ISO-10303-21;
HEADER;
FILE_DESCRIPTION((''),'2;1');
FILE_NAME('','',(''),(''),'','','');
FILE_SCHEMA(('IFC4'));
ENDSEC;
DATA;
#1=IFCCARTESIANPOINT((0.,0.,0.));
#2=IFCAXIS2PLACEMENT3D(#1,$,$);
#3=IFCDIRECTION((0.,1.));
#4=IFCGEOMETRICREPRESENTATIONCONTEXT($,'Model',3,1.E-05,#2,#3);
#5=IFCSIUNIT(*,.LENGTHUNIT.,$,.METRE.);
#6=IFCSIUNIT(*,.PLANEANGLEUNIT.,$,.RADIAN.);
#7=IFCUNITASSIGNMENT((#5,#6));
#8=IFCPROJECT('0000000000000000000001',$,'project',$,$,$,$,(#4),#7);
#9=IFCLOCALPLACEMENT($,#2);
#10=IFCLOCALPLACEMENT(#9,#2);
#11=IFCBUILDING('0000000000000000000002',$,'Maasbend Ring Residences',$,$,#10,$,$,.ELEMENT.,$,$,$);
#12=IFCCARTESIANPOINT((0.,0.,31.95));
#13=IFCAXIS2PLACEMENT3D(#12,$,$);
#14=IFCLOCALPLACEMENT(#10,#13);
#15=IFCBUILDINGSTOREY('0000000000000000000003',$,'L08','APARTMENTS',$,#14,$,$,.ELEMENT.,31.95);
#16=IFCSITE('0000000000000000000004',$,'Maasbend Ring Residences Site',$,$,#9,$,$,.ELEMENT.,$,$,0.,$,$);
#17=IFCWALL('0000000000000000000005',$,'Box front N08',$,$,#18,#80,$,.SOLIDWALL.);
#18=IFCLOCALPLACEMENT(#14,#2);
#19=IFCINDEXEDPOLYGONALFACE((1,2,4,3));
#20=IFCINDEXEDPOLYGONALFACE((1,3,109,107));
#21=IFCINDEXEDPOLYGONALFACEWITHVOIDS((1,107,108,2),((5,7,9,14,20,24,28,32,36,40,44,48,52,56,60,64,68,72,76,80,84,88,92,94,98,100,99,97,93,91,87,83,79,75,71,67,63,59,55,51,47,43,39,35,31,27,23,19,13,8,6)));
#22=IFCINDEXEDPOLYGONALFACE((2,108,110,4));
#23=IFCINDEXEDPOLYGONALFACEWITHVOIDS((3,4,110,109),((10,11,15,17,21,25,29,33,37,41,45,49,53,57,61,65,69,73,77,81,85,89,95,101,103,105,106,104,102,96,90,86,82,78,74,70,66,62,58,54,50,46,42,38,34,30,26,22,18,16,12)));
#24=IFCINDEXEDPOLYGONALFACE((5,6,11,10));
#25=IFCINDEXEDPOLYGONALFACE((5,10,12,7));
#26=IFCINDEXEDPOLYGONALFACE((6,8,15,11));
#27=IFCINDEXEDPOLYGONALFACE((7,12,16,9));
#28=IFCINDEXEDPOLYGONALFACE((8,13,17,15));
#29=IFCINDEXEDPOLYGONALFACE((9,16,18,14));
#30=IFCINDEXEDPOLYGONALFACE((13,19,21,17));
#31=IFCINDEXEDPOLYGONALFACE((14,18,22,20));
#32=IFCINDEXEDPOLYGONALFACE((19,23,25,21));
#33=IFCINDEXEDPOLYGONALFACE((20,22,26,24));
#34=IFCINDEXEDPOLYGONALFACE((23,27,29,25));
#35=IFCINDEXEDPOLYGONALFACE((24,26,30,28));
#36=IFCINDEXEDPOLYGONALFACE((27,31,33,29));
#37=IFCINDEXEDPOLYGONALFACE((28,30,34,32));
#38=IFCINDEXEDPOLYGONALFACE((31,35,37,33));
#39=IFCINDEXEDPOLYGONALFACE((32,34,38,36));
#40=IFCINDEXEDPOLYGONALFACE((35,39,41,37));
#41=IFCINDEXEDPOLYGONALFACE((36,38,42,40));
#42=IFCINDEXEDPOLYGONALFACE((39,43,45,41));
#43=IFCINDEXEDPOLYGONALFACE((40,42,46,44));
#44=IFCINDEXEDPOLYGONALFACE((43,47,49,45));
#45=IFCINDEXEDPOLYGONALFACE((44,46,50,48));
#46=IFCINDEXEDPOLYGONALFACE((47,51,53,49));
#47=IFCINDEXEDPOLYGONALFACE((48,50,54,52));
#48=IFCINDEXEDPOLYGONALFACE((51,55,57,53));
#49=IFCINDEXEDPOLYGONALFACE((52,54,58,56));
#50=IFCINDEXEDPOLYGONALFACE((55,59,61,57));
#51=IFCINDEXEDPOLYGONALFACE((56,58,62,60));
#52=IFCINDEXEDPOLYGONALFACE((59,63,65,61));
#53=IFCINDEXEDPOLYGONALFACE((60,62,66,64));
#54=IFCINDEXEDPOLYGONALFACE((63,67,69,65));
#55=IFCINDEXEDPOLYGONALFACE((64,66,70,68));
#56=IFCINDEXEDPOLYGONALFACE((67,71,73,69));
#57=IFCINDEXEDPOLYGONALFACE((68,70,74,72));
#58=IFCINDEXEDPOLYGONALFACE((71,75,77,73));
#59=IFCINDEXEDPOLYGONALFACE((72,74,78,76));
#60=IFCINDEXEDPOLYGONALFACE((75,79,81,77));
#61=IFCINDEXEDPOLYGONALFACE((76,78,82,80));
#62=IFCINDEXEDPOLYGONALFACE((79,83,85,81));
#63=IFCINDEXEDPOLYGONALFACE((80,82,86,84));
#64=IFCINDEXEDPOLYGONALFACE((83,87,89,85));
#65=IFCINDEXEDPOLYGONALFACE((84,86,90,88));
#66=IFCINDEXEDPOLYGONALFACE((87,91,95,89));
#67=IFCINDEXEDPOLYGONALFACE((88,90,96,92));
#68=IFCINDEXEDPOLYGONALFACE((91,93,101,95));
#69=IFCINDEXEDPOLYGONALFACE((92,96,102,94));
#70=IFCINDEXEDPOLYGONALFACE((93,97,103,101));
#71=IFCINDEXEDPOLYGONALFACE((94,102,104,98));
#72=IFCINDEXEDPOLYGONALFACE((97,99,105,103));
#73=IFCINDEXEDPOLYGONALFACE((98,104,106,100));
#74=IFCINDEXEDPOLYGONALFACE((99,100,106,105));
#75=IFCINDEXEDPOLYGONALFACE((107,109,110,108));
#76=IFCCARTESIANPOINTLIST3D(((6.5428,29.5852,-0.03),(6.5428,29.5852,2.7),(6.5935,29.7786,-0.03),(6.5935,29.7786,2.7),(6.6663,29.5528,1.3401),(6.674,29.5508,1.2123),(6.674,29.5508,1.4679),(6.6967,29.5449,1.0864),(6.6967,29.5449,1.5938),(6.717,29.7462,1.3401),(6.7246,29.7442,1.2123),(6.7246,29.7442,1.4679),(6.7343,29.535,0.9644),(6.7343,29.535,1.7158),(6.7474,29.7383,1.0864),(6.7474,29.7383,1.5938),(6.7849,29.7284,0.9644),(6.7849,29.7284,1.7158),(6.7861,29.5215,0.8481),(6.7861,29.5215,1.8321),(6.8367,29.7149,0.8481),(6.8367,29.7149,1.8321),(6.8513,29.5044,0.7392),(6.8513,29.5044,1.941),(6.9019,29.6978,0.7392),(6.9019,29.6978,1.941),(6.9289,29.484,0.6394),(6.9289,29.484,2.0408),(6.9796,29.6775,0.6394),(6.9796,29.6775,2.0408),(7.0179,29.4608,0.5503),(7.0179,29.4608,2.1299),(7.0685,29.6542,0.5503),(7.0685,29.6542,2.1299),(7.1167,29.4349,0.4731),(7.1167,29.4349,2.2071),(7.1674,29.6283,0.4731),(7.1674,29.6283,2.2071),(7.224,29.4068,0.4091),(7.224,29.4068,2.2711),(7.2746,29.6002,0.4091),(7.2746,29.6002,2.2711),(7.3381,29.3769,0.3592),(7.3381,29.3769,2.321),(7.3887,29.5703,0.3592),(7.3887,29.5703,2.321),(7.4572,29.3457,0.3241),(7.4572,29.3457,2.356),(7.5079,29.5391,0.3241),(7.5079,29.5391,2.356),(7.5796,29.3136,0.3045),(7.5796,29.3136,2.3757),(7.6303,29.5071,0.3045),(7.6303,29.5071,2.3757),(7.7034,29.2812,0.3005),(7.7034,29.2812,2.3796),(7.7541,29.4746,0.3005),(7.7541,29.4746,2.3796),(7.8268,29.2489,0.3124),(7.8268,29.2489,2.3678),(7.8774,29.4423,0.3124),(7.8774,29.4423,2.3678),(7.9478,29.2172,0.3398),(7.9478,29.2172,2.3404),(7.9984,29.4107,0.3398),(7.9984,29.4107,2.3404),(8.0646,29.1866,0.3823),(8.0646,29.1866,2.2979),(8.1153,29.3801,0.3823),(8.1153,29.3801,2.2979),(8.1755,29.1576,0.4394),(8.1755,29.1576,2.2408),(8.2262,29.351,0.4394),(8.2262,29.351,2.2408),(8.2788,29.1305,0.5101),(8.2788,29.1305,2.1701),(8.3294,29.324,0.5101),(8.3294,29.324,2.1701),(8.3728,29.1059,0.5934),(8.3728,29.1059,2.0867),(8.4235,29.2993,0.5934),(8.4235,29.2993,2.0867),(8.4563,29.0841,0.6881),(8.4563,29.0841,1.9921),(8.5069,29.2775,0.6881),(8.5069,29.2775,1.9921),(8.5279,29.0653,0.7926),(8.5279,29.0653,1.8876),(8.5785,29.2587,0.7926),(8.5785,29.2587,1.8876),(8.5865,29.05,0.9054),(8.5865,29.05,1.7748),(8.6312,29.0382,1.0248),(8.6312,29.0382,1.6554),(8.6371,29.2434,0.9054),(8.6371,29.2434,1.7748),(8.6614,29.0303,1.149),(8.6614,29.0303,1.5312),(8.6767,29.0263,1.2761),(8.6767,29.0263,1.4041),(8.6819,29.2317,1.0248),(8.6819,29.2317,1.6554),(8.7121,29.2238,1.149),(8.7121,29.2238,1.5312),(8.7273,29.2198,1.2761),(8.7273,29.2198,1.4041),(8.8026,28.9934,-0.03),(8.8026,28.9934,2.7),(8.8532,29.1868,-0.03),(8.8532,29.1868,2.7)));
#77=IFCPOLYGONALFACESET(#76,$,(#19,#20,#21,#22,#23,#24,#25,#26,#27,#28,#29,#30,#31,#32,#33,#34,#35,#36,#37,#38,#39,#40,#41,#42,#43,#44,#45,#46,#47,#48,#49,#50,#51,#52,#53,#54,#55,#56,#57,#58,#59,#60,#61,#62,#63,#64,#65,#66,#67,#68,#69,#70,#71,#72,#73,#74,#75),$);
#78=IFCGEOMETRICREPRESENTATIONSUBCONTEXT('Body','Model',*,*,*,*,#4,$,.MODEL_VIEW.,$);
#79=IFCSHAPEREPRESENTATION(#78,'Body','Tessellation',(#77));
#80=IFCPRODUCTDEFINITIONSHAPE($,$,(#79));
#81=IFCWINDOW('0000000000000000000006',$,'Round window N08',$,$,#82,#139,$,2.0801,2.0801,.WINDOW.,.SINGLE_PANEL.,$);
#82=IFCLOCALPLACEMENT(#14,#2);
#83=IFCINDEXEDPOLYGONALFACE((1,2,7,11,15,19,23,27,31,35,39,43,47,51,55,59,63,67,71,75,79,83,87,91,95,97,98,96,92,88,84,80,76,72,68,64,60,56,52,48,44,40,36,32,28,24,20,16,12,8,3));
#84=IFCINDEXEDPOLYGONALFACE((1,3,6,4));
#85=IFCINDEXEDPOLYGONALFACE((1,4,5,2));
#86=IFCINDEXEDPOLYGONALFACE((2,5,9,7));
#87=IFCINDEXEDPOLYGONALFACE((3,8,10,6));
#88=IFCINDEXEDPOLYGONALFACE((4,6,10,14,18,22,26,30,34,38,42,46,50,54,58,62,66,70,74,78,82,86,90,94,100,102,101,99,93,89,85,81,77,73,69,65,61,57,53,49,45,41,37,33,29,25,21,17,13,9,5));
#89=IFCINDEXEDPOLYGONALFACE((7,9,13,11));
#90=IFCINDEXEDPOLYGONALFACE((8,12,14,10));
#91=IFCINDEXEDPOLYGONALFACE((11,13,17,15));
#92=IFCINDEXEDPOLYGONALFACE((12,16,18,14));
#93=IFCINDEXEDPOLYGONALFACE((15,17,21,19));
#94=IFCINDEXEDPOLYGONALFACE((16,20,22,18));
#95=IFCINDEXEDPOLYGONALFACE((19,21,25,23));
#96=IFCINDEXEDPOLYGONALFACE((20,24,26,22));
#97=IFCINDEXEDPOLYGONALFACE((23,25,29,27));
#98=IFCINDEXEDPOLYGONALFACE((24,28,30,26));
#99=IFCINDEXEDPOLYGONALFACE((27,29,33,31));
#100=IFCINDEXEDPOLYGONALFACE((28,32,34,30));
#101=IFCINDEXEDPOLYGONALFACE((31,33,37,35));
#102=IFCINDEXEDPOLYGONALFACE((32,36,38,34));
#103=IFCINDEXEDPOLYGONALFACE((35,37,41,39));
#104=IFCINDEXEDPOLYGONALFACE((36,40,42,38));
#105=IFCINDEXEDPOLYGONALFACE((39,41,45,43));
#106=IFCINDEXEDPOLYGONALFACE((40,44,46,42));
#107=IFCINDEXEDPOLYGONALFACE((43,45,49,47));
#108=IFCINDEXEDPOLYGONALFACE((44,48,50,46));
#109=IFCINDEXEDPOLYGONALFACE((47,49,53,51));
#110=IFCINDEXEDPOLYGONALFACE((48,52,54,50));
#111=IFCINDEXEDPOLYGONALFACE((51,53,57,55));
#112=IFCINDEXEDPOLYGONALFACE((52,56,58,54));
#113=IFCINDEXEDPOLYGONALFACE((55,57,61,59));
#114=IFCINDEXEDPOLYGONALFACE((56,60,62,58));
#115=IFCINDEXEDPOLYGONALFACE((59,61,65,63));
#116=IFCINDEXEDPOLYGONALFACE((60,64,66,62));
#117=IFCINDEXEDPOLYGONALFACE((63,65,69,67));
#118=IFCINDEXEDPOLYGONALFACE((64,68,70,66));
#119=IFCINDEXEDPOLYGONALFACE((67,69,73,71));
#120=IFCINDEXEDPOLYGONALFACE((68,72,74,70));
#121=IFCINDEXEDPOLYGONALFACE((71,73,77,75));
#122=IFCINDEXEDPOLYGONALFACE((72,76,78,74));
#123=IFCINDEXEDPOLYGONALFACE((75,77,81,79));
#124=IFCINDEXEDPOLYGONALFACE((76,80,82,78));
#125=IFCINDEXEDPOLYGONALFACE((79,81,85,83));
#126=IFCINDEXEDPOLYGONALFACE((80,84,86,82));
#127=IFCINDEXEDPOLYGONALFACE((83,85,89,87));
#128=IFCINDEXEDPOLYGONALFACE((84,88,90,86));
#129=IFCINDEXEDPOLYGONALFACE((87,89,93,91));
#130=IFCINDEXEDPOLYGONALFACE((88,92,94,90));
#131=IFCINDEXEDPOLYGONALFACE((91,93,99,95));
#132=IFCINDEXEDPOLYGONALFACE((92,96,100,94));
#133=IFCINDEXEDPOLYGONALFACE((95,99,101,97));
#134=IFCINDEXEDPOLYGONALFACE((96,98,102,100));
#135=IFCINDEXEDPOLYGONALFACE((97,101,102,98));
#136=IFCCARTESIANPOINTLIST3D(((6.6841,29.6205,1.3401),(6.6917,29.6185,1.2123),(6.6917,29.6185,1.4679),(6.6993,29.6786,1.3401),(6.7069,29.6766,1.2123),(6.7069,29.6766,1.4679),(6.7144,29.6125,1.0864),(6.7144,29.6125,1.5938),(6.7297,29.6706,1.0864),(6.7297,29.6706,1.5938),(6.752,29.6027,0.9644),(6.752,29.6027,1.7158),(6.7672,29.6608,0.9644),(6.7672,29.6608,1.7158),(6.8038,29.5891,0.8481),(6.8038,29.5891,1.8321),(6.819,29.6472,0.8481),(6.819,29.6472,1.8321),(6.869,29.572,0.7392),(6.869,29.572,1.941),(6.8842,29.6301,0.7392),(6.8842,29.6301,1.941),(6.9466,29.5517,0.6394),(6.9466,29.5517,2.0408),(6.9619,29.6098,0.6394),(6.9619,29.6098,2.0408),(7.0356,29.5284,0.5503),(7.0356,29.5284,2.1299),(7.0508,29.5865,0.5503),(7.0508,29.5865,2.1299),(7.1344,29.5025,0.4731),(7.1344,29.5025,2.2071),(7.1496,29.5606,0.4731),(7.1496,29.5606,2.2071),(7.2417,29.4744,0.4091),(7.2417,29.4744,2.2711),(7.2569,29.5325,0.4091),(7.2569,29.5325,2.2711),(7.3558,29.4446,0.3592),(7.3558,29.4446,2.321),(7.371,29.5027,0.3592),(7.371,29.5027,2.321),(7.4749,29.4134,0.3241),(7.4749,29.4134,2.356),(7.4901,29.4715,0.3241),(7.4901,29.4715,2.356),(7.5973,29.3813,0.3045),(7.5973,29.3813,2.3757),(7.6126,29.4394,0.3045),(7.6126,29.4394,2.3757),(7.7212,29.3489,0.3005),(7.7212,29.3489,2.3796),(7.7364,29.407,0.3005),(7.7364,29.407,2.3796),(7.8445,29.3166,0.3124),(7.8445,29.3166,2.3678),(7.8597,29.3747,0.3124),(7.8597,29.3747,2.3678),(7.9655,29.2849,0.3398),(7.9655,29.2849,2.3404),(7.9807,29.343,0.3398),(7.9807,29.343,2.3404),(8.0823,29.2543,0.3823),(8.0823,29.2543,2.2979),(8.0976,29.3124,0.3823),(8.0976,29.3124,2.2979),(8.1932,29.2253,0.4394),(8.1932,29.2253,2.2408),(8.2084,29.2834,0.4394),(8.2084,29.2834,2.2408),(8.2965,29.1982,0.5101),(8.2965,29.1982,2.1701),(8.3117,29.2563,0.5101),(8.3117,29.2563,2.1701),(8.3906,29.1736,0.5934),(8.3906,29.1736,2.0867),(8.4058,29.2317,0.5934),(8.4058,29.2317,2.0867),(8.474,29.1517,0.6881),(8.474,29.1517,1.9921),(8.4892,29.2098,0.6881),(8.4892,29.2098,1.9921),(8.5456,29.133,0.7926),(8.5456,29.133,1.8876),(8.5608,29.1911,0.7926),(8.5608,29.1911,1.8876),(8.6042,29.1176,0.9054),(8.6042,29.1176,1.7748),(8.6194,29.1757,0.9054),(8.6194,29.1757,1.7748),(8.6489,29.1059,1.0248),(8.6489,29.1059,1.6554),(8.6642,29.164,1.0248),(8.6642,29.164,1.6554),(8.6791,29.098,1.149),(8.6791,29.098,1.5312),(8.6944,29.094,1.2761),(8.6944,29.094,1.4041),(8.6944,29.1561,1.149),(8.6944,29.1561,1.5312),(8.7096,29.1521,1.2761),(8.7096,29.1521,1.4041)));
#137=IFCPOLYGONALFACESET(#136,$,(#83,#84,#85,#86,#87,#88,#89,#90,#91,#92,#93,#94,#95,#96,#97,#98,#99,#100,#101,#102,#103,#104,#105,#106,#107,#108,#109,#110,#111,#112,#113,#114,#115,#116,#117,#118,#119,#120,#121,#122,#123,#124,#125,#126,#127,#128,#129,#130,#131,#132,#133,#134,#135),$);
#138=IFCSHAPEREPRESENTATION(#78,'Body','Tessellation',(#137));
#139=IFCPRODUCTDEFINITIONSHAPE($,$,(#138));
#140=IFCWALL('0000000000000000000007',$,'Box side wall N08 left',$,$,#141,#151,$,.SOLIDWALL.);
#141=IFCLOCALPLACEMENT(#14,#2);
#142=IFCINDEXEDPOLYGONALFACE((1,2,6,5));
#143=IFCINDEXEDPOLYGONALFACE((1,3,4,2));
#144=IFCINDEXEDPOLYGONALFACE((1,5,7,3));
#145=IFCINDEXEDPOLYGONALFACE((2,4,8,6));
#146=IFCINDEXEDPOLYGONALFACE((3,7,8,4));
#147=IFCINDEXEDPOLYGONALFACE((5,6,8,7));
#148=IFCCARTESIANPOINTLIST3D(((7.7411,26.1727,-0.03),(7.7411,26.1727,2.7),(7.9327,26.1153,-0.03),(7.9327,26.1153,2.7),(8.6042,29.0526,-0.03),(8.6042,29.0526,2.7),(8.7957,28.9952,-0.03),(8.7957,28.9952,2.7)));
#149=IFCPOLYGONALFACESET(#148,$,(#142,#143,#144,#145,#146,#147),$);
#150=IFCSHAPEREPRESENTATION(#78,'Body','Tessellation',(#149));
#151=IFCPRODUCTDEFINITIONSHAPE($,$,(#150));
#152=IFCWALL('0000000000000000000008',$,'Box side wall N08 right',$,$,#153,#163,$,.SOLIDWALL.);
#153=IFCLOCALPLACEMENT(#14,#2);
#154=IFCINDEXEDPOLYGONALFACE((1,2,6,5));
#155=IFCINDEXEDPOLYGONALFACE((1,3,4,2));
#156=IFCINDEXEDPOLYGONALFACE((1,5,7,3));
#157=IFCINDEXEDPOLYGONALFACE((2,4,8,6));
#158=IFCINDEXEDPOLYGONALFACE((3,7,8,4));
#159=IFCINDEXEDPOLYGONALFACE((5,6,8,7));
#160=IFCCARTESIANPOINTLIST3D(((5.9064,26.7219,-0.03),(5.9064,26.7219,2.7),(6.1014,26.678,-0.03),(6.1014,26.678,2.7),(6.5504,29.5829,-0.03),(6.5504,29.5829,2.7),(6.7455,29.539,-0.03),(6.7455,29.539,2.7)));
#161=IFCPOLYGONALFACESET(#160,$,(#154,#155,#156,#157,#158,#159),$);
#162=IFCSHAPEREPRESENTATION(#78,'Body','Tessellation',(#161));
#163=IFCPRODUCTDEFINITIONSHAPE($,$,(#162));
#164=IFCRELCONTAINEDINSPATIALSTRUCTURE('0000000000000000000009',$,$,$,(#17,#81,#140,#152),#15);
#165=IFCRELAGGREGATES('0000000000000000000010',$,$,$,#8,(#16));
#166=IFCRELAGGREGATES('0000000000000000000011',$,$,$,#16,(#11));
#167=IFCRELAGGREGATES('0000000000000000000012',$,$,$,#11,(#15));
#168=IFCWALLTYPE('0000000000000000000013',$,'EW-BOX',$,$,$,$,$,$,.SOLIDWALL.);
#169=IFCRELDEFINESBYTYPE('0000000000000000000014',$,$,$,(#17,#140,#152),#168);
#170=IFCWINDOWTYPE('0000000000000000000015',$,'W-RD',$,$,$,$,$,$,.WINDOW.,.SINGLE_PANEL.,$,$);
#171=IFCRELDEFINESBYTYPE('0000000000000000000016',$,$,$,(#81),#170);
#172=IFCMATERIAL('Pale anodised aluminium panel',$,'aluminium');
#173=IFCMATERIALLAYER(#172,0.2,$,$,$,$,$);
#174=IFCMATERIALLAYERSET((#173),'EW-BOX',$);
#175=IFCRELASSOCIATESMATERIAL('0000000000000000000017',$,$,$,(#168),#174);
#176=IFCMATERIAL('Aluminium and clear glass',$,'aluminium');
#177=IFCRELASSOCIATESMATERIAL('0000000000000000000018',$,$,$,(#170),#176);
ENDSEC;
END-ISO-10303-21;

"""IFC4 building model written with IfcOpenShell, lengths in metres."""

from ifc_helpers import new_model, si_unit, direction, frame, frame_2d, origin, place, context, subcontext, project, spatial, rectangle, circle, extrude, material, layer, layer_set, type_object, element, fill, save


model = new_model("IFC4")

# Units and contexts
model_context = context("Model", 3, precision=1e-05, world=origin(), true_north=direction((0.0, 1.0)))
body_context = subcontext(model_context, "Body", "Model", "MODEL_VIEW")
ifc_project = project(units=[si_unit("LENGTHUNIT", "METRE"), si_unit("PLANEANGLEUNIT", "RADIAN")], contexts=[model_context])

# Site, building, storey
site_placement = place(None, origin())
site = spatial("IfcSite", under=ifc_project, at=site_placement, Name="Maasbend Ring Residences Site", CompositionType="ELEMENT", RefElevation=0.0)
building_placement = place(site_placement, origin())
building = spatial("IfcBuilding", under=site, at=building_placement, Name="Maasbend Ring Residences", CompositionType="ELEMENT")
storey_placement = place(building_placement, frame((0.0, 0.0, 31.95)))
storey = spatial("IfcBuildingStorey", under=building, at=storey_placement, Name="L08", Description="APARTMENTS", CompositionType="ELEMENT", Elevation=31.95)

# Wall, opening, window
ifc_material_1 = material(Name="Pale anodised aluminium panel", Category="aluminium")
ifc_layer_1 = layer(ifc_material_1, 0.2)
ifc_layer_set_1 = layer_set([ifc_layer_1], Name="EW-BOX")
wall_type_1 = type_object("IfcWallType", Name="EW-BOX", PredefinedType="SOLIDWALL", material=ifc_layer_set_1)
wall_1_placement = place(storey_placement, frame((8.8279, 29.0901, -0.03), z_axis=(0.0, 0.0, 1.0), x_axis=(-0.967377, 0.253341, 0.0)))
wall_1 = element("IfcWall", 1, at=wall_1_placement, inside=storey, type_object=wall_type_1, Name="Box front N08", PredefinedType="SOLIDWALL", context=body_context, shape_type="SweptSolid", body=[
    extrude(rectangle(XDim=2.3359, YDim=0.2, at=frame_2d((1.168, 0.0))), origin(), (0.0, 0.0, 1.0), 2.73),
])
opening_1_placement = place(wall_1_placement, frame((0.1282, 0.0, 0.3301)))
opening_1 = element("IfcOpeningElement", 2, at=opening_1_placement, cuts=wall_1, PredefinedType="OPENING", context=body_context, shape_type="SweptSolid", body=[
    extrude(circle(Radius=1.04, at=frame_2d((1.04, 1.04))), frame((0.0, 0.1099, 0.0), z_axis=(0.0, -1.0, 0.0), x_axis=(1.0, 0.0, 0.0)), (0.0, 0.0, 1.0), 0.22),
])
ifc_material_2 = material(Name="Aluminium and clear glass", Category="aluminium")
window_type_1 = type_object("IfcWindowType", Name="W-RD", PartitioningType="SINGLE_PANEL", PredefinedType="WINDOW", material=ifc_material_2)
window_1_placement = place(opening_1_placement, origin())
window_1 = element("IfcWindow", 3, at=window_1_placement, inside=storey, type_object=window_type_1, Name="Round window N08", OverallHeight=2.0801, OverallWidth=2.0801, PartitioningType="SINGLE_PANEL", PredefinedType="WINDOW", context=body_context, shape_type="SweptSolid", body=[
    extrude(circle(Radius=1.04, at=frame_2d((1.04, 1.04))), frame((0.0, 0.03, 0.0), z_axis=(0.0, -1.0, 0.0), x_axis=(1.0, 0.0, 0.0)), (0.0, 0.0, 1.0), 0.0601),
])
fill(opening_1, window_1)

# Walls
wall_2_placement = place(storey_placement, frame((7.8369, 26.144, -0.03), z_axis=(0.0, 0.0, 1.0), x_axis=(0.287065, 0.957911, 0.0)))
element("IfcWall", 4, at=wall_2_placement, inside=storey, type_object=wall_type_1, Name="Box side wall N08 left", PredefinedType="SOLIDWALL", context=body_context, shape_type="SweptSolid", body=[
    extrude(rectangle(XDim=3.0063, YDim=0.2, at=frame_2d((1.5032, 0.0))), origin(), (0.0, 0.0, 1.0), 2.73),
])
wall_3_placement = place(storey_placement, frame((6.0039, 26.7, -0.03), z_axis=(0.0, 0.0, 1.0), x_axis=(0.219609, 0.975588, 0.0)))
element("IfcWall", 5, at=wall_3_placement, inside=storey, type_object=wall_type_1, Name="Box side wall N08 right", PredefinedType="SOLIDWALL", context=body_context, shape_type="SweptSolid", body=[
    extrude(rectangle(XDim=2.9326, YDim=0.2, at=frame_2d((1.4663, 0.0))), origin(), (0.0, 0.0, 1.0), 2.73),
])

save(model, "model.ifc")
